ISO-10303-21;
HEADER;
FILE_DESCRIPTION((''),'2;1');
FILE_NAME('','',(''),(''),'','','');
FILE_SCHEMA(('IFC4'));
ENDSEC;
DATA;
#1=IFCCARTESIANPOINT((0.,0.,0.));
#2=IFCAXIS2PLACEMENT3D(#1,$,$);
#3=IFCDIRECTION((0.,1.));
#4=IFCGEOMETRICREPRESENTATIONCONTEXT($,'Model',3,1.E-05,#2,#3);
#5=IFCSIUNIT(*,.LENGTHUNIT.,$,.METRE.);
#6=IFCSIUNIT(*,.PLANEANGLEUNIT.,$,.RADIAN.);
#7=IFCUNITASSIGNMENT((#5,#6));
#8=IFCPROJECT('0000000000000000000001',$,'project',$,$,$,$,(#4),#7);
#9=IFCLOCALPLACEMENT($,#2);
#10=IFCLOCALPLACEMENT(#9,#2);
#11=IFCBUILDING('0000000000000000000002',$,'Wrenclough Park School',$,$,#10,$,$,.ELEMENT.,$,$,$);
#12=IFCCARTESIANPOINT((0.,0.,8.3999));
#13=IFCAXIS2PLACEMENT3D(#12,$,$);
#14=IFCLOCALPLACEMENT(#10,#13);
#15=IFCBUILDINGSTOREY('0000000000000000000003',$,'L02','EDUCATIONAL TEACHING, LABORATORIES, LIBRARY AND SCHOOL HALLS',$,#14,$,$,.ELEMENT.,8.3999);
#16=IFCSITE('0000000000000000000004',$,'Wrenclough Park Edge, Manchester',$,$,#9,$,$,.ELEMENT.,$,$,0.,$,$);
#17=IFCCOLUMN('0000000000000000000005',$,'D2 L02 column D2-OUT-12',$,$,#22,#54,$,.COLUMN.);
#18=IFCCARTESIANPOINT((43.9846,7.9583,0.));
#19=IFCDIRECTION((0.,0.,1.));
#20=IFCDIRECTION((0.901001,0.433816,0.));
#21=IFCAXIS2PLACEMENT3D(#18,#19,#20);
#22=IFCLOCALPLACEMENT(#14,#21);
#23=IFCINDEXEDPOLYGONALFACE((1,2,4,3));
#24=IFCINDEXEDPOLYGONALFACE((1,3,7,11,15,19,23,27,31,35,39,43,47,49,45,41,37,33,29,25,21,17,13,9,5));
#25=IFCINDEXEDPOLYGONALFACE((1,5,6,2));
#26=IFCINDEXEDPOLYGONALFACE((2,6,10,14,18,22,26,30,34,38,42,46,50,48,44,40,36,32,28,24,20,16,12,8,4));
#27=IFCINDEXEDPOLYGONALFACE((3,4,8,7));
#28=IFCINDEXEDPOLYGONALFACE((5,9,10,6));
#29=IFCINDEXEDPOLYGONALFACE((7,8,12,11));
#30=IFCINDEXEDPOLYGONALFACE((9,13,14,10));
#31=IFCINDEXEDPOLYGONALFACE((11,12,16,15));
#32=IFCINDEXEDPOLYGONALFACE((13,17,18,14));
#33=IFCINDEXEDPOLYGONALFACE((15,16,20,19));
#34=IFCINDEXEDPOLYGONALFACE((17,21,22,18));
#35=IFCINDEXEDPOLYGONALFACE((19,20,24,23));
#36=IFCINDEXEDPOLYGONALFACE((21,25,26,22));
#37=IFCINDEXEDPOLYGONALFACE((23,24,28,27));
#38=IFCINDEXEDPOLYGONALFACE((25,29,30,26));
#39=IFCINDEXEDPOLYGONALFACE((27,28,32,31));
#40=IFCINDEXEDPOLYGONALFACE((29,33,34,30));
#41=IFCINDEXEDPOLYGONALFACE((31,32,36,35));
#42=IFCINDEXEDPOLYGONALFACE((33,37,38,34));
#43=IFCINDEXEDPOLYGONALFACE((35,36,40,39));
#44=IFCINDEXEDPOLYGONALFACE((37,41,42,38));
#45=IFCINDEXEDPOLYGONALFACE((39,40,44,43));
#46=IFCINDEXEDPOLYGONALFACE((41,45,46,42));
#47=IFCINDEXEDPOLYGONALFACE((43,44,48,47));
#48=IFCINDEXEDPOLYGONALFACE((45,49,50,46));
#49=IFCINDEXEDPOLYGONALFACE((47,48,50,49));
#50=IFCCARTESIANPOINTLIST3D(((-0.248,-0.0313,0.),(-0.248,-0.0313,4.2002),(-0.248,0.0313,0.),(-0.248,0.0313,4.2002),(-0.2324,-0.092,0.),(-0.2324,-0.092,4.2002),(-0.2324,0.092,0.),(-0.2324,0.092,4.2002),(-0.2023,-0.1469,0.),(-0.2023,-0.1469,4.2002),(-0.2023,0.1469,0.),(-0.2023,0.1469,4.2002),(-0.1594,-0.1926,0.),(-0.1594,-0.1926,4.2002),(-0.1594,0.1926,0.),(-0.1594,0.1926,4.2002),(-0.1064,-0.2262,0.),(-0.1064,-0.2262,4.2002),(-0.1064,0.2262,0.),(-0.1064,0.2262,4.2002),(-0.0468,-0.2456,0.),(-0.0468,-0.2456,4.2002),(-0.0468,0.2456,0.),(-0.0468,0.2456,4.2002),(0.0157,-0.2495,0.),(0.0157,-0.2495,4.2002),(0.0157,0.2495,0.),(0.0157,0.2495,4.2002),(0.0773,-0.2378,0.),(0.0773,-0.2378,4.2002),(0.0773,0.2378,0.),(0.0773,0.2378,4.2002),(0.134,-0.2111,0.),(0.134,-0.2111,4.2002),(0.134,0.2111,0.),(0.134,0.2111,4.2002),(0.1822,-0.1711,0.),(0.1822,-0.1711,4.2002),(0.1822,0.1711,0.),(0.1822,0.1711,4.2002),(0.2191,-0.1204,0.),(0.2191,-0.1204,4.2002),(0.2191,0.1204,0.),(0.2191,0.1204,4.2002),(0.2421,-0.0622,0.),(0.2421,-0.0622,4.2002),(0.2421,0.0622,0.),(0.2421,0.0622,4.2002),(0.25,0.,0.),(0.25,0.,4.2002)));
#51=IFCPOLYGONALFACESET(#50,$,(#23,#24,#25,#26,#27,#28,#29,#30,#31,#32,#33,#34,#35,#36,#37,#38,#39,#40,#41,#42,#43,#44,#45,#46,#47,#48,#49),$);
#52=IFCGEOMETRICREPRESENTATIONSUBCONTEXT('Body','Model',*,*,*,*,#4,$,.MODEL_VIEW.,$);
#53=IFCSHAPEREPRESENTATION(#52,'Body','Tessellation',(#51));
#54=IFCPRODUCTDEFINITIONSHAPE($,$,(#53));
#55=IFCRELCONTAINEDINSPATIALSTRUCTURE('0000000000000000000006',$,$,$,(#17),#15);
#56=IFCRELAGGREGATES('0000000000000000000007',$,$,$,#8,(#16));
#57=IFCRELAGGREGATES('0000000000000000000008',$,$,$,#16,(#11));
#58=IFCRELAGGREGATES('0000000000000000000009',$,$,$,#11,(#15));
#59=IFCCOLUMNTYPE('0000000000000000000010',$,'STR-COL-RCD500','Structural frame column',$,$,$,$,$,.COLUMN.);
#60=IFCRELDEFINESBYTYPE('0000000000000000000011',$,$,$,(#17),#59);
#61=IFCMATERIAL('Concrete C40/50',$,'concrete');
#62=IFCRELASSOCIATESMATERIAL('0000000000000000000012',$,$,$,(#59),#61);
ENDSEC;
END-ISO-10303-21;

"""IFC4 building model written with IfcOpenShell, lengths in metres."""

from ifc_helpers import new_model, si_unit, direction, frame, origin, origin_2d, place, context, subcontext, project, spatial, circle, extrude, material, material_profile, profile_set, type_object, element, save


model = new_model("IFC4")

# Units and contexts
model_context = context("Model", 3, precision=1e-05, world=origin(), true_north=direction((0.0, 1.0)))
body_context = subcontext(model_context, "Body", "Model", "MODEL_VIEW")
ifc_project = project(units=[si_unit("LENGTHUNIT", "METRE"), si_unit("PLANEANGLEUNIT", "RADIAN")], contexts=[model_context])

# Site, building, storey
site_placement = place(None, origin())
site = spatial("IfcSite", under=ifc_project, at=site_placement, Name="Wrenclough Park Edge, Manchester", CompositionType="ELEMENT", RefElevation=0.0)
building_placement = place(site_placement, origin())
building = spatial("IfcBuilding", under=site, at=building_placement, Name="Wrenclough Park School", CompositionType="ELEMENT")
storey_placement = place(building_placement, frame((0.0, 0.0, 8.3999)))
storey = spatial("IfcBuildingStorey", under=building, at=storey_placement, Name="L02", Description="EDUCATIONAL TEACHING, LABORATORIES, LIBRARY AND SCHOOL HALLS", CompositionType="ELEMENT", Elevation=8.3999)

# Column
ifc_material_1 = material(Name="Concrete C40/50", Category="concrete")
ifc_material_profile_1 = material_profile(ifc_material_1, circle(Radius=0.25, at=origin_2d()), Name="RC COL D500")
ifc_profile_set_1 = profile_set([ifc_material_profile_1], Name="Concrete C40/50")
column_type = type_object("IfcColumnType", Name="STR-COL-RCD500", Description="Structural frame column", PredefinedType="COLUMN", material=ifc_profile_set_1)
for number, where, z_axis, x_axis, name in (
    (1, (43.9846, 7.9583, 0.0), (0.0, 0.0, 1.0), (0.901001, 0.433816, 0.0), "D2 L02 column D2-OUT-12"),
):
    element("IfcColumn", number, at=place(storey_placement, frame(where, z_axis=z_axis, x_axis=x_axis)), inside=storey, type_object=column_type, Name=name, PredefinedType="COLUMN", context=body_context, shape_type="SweptSolid", body=[
        extrude(circle(Radius=0.25, at=origin_2d()), origin(), (0.0, 0.0, 1.0), 4.2002),
    ])

save(model, "model.ifc")
